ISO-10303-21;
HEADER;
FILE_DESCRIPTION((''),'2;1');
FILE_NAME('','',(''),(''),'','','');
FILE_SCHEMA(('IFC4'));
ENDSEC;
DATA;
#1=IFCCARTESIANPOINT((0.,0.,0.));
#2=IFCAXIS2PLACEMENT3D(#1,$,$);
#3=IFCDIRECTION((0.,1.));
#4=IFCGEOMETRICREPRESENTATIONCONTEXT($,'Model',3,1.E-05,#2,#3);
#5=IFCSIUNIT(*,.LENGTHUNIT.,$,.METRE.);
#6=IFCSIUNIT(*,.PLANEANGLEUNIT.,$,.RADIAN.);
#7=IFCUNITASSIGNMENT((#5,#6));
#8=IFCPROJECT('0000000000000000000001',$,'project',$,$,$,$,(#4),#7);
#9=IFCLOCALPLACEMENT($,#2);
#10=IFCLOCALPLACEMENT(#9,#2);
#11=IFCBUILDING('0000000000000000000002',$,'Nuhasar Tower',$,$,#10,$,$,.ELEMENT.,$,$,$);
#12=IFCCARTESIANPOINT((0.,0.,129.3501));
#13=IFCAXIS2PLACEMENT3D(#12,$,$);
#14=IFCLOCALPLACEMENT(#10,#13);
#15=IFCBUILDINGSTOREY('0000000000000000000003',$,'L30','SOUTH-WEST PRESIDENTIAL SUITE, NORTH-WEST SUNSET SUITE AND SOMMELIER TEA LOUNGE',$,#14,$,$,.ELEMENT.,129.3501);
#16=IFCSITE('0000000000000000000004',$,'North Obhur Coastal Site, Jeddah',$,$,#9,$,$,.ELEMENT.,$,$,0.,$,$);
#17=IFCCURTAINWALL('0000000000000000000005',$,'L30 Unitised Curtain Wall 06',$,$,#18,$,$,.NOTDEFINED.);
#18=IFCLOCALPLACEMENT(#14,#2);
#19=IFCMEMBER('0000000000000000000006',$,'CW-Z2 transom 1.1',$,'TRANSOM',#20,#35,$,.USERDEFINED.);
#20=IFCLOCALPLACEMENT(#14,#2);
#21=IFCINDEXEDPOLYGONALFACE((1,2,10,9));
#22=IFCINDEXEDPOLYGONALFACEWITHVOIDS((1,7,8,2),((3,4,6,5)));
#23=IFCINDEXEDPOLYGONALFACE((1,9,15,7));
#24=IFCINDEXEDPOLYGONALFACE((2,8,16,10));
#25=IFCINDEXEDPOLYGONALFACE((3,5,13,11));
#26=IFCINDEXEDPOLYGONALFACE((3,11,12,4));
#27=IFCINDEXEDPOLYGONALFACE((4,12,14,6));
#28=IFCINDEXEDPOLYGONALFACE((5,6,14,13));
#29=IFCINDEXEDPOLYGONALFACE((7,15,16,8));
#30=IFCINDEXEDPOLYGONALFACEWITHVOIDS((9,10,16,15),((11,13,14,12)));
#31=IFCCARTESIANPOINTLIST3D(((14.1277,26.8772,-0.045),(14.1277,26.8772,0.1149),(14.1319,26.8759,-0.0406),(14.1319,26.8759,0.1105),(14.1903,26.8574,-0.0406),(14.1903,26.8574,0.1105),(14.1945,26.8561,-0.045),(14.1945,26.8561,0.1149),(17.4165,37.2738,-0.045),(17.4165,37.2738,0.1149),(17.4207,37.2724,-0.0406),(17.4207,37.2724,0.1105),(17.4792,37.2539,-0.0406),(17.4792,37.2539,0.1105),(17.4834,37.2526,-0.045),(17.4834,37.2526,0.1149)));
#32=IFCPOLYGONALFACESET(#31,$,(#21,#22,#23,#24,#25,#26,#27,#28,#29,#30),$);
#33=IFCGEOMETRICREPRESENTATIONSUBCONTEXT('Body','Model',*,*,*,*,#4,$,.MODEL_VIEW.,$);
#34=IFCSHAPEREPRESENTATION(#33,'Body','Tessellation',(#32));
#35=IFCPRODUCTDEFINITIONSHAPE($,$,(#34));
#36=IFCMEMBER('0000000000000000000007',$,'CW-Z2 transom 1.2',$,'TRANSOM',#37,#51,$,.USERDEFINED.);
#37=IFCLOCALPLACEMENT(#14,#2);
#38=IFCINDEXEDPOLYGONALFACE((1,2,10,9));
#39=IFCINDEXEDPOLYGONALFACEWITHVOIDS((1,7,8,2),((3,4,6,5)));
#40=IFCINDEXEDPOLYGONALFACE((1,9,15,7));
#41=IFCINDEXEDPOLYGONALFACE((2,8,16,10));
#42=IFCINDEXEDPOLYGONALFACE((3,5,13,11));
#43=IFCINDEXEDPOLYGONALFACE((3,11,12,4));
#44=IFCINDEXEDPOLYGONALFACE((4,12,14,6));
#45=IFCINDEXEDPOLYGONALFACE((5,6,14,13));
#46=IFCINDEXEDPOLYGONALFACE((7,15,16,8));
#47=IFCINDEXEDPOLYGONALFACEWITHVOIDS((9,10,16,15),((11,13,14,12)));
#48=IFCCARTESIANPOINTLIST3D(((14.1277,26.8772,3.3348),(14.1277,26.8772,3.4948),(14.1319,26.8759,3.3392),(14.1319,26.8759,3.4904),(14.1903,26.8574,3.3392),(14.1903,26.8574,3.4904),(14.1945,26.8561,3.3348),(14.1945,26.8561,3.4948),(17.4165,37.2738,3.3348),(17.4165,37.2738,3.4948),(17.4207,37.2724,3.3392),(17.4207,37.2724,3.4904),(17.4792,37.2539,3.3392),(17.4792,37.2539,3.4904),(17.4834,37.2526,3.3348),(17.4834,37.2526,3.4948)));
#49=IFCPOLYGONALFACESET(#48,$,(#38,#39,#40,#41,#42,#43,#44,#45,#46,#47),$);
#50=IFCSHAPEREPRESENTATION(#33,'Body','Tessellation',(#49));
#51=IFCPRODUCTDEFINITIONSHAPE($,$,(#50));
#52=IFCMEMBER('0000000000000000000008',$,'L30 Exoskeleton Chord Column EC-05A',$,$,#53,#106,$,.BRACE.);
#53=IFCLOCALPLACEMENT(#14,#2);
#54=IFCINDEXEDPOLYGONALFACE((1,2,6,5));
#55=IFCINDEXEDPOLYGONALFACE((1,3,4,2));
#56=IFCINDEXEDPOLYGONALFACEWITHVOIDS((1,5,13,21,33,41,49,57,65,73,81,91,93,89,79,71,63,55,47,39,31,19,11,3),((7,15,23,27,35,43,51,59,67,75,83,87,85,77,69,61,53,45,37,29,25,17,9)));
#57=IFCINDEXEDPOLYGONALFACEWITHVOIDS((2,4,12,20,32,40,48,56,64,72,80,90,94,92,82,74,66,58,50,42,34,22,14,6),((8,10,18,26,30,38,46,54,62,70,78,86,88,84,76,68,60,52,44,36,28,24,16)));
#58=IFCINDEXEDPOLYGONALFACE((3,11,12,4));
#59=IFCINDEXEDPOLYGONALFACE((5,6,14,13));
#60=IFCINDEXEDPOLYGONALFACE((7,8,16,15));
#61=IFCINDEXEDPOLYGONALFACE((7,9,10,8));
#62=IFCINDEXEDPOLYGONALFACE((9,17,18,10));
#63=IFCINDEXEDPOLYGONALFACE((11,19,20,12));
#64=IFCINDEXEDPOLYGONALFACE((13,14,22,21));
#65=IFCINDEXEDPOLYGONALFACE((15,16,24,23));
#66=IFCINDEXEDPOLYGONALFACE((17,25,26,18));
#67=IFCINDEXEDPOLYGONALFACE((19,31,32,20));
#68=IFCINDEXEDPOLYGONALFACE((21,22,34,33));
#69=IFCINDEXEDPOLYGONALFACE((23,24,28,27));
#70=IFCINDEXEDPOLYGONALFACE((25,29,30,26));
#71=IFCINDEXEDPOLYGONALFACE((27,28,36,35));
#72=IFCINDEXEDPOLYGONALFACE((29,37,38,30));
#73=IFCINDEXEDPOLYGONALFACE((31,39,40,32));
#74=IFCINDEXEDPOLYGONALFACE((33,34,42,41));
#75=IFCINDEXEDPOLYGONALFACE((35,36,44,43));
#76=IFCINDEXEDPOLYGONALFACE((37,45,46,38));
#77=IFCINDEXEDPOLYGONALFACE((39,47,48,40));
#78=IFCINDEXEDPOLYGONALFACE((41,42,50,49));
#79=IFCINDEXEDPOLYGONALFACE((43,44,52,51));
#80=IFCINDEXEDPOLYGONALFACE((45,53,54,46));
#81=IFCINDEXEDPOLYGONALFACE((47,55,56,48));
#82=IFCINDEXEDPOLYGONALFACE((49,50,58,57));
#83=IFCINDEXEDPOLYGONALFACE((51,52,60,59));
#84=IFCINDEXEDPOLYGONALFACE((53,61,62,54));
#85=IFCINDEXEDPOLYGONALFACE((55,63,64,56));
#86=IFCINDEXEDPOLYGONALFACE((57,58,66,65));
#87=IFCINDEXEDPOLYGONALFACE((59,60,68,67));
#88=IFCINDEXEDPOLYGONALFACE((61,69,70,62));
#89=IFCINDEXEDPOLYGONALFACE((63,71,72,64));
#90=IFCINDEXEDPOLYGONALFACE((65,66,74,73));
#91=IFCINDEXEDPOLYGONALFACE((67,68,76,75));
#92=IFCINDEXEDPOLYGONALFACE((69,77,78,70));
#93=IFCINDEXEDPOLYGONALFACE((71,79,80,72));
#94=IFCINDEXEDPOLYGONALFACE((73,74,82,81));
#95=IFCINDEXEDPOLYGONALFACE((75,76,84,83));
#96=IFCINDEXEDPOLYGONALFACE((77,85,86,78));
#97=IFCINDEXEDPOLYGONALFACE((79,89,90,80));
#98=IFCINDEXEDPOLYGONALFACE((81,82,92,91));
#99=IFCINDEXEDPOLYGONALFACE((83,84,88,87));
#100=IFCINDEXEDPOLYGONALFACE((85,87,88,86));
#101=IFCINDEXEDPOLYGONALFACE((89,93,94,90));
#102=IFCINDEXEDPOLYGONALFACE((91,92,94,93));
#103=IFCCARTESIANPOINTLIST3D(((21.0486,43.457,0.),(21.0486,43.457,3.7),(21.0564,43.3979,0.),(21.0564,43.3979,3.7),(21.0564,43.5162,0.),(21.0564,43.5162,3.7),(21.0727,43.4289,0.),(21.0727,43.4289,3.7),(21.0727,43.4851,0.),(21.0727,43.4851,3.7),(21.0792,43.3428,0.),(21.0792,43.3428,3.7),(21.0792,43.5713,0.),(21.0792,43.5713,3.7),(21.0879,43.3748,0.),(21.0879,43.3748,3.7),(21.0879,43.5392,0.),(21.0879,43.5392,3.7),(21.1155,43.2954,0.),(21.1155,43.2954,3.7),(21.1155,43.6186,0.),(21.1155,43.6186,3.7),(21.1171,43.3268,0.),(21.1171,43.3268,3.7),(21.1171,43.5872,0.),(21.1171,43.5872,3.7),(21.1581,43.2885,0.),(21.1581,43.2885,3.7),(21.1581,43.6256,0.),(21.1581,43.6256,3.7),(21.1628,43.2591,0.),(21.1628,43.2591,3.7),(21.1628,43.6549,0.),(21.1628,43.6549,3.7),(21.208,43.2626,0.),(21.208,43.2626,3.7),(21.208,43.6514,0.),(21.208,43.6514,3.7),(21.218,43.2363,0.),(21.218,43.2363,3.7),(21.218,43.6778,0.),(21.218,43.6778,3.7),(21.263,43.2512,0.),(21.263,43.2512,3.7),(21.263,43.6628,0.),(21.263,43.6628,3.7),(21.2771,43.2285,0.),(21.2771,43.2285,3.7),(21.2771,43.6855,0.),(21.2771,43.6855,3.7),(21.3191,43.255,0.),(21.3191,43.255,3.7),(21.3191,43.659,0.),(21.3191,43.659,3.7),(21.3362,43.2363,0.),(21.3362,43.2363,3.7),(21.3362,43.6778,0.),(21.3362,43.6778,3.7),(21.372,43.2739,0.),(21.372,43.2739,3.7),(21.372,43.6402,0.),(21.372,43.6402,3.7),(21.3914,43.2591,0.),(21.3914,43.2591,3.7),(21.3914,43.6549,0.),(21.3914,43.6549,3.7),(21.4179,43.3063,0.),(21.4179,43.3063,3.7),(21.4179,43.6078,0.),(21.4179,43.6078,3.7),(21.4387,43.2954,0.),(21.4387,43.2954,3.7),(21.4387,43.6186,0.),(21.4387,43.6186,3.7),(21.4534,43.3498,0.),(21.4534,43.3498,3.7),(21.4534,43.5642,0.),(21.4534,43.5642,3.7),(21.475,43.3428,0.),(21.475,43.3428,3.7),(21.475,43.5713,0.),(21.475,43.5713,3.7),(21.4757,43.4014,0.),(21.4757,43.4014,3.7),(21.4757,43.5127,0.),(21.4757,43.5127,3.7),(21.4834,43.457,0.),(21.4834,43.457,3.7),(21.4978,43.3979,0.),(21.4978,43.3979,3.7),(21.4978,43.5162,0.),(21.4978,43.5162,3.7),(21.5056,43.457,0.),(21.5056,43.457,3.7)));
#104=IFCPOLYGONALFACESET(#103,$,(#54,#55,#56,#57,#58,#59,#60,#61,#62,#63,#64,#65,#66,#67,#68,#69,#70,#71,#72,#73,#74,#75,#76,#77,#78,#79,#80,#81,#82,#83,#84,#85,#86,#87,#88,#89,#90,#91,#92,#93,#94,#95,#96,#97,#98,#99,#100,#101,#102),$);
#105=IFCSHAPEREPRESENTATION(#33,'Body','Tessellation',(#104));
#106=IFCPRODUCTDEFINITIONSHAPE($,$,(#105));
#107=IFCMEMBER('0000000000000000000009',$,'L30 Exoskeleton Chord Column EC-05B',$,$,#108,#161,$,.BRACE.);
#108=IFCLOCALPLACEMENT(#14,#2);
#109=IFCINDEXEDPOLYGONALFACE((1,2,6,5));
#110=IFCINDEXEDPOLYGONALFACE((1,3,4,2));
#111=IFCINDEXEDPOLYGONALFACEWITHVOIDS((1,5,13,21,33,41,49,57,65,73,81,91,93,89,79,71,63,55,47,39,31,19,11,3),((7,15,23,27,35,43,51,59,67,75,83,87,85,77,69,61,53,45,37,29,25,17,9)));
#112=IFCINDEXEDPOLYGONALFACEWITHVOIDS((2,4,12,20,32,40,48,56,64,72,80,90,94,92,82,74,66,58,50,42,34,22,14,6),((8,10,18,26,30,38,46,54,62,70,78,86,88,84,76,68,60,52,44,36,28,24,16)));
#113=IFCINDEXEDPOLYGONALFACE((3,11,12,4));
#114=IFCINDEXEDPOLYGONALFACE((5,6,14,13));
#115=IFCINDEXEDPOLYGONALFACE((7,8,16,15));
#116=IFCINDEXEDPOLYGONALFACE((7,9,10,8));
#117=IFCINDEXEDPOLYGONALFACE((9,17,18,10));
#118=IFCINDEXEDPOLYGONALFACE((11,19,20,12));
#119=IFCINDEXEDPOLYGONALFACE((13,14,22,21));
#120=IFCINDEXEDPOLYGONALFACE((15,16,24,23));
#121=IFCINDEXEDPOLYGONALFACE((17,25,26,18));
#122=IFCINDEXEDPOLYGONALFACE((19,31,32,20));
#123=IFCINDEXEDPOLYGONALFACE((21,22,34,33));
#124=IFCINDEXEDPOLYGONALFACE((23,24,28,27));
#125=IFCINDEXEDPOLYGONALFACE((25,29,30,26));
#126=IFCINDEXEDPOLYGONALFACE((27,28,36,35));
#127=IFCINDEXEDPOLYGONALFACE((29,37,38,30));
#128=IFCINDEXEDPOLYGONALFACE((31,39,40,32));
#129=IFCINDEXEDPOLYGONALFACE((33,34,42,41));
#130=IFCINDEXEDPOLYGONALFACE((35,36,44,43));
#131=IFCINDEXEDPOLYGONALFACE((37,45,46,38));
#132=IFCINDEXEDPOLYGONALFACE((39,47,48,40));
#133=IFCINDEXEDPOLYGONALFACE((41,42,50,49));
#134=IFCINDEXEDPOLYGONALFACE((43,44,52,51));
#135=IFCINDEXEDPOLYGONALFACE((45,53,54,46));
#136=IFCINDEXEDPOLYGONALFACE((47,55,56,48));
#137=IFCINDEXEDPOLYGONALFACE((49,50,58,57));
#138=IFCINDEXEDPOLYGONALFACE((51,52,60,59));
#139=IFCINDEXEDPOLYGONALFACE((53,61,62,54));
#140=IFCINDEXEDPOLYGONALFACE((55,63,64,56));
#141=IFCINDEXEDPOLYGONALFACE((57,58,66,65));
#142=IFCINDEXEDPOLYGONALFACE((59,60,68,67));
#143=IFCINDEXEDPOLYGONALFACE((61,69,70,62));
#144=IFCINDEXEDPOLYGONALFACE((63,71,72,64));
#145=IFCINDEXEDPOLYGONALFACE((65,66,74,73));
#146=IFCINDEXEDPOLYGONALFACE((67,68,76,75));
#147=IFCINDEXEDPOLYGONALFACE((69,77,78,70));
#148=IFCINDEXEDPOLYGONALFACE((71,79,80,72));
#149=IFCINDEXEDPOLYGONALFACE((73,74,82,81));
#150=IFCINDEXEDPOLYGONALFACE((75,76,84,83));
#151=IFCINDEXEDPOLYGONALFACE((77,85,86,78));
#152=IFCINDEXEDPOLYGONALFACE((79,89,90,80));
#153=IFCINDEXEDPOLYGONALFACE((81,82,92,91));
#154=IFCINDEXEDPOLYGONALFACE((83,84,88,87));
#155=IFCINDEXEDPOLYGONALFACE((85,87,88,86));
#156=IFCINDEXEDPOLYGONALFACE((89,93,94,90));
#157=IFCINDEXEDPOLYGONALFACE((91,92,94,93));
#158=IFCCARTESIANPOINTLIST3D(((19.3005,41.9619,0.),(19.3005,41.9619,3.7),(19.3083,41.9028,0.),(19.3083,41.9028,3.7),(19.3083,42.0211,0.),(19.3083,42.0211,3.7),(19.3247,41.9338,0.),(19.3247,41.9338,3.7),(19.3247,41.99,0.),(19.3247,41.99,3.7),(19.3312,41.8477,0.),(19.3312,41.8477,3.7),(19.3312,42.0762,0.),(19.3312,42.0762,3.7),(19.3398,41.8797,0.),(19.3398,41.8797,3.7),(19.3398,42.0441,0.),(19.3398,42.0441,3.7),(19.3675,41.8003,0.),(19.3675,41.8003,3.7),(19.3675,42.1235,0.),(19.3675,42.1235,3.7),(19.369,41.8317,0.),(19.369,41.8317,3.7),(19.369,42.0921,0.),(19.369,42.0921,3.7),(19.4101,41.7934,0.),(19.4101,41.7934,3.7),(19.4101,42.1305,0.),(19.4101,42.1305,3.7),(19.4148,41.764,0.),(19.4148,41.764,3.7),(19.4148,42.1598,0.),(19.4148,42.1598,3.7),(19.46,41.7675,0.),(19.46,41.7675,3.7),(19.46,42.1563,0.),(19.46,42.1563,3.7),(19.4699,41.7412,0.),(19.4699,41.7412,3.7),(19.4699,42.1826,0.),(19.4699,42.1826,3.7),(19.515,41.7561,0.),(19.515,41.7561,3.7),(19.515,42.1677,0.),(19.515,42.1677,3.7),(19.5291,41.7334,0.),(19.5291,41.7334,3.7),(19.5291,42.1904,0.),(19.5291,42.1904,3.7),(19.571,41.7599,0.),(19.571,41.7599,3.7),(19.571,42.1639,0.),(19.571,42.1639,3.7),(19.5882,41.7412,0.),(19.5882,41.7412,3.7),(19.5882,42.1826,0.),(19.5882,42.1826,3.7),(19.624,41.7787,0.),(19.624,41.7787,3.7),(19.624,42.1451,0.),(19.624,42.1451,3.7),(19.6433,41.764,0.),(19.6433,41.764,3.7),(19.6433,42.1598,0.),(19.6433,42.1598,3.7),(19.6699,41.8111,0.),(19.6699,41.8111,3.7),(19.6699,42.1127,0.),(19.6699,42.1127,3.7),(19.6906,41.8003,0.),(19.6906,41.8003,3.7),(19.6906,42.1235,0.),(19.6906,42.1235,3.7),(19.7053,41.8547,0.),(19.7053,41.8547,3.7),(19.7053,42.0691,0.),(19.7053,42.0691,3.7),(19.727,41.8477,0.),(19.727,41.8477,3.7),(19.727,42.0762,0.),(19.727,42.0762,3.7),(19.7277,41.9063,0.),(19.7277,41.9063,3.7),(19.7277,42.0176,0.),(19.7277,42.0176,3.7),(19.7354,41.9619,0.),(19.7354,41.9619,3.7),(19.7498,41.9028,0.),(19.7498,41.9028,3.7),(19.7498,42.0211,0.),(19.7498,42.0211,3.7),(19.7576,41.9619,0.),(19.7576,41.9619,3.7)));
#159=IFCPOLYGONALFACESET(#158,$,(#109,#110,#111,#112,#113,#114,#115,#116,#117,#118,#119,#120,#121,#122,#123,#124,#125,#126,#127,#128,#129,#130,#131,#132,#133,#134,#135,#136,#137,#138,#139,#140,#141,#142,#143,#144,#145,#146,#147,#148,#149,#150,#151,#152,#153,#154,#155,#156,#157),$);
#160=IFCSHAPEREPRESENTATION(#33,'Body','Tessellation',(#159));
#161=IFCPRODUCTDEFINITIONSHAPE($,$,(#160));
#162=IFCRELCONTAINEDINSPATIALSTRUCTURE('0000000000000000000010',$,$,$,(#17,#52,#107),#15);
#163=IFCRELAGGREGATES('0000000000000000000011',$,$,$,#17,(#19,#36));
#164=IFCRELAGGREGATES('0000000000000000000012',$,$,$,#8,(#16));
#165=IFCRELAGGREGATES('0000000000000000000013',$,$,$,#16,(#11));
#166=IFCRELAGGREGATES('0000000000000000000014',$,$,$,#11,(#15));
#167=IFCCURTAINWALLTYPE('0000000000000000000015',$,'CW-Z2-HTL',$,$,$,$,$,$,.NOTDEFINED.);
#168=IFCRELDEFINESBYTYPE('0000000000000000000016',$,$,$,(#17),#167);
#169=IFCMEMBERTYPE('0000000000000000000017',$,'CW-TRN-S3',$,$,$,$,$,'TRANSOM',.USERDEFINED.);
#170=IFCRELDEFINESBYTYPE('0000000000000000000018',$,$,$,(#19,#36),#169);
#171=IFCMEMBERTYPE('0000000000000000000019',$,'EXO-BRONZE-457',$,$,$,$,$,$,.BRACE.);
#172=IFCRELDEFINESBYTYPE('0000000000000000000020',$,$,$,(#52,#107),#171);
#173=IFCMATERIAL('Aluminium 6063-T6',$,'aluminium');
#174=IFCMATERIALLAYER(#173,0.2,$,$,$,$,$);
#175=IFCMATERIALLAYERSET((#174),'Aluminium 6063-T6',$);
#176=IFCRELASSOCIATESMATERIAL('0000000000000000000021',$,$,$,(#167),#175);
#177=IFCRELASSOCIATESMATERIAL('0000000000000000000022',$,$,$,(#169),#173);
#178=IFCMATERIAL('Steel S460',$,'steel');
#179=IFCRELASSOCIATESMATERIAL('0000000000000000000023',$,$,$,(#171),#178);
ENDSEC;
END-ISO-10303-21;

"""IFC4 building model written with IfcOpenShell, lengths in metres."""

from ifc_helpers import new_model, si_unit, direction, frame, origin, origin_2d, place, context, subcontext, project, spatial, hollow_rectangle, hollow_circle, extrude, material, layer, layer_set, material_profile, profile_set, type_object, element, aggregate, save


model = new_model("IFC4")

# Units and contexts
model_context = context("Model", 3, precision=1e-05, world=origin(), true_north=direction((0.0, 1.0)))
body_context = subcontext(model_context, "Body", "Model", "MODEL_VIEW")
ifc_project = project(units=[si_unit("LENGTHUNIT", "METRE"), si_unit("PLANEANGLEUNIT", "RADIAN")], contexts=[model_context])

# Site, building, storey
site_placement = place(None, origin())
site = spatial("IfcSite", under=ifc_project, at=site_placement, Name="North Obhur Coastal Site, Jeddah", CompositionType="ELEMENT", RefElevation=0.0)
building_placement = place(site_placement, origin())
building = spatial("IfcBuilding", under=site, at=building_placement, Name="Nuhasar Tower", CompositionType="ELEMENT")
storey_placement = place(building_placement, frame((0.0, 0.0, 129.3501)))
storey = spatial("IfcBuildingStorey", under=building, at=storey_placement, Name="L30", Description="SOUTH-WEST PRESIDENTIAL SUITE, NORTH-WEST SUNSET SUITE AND SOMMELIER TEA LOUNGE", CompositionType="ELEMENT", Elevation=129.3501)

# Shared definitions
ifc_material_1 = material(Name="Aluminium 6063-T6", Category="aluminium")
ifc_layer_1 = layer(ifc_material_1, 0.2)
ifc_layer_set_1 = layer_set([ifc_layer_1], Name="Aluminium 6063-T6")
curtain_wall_type = type_object("IfcCurtainWallType", Name="CW-Z2-HTL", PredefinedType="NOTDEFINED", material=ifc_layer_set_1)

# Curtain wall
curtain_wall_1_placement = place(storey_placement, origin())
curtain_wall_1 = element("IfcCurtainWall", 1, at=curtain_wall_1_placement, inside=storey, type_object=curtain_wall_type, Name="L30 Unitised Curtain Wall 06", PredefinedType="NOTDEFINED")

# Members
ifc_material_profile_1 = material_profile(ifc_material_1, hollow_rectangle(XDim=0.0701, YDim=0.1599, WallThickness=0.0044, at=origin_2d()), Name="CWT-3")
ifc_profile_set_1 = profile_set([ifc_material_profile_1], Name="Aluminium 6063-T6")
member_type_1 = type_object("IfcMemberType", Name="CW-TRN-S3", ElementType="TRANSOM", PredefinedType="USERDEFINED", material=ifc_profile_set_1)
member_1_placement = place(storey_placement, frame((17.45, 37.2632, 0.0349), z_axis=(-0.301608, -0.953432, 0.0), x_axis=(0.953432, -0.301608, 0.0)))
member_1 = element("IfcMember", 2, at=member_1_placement, type_object=member_type_1, Name="CW-Z2 transom 1.1", ObjectType="TRANSOM", PredefinedType="USERDEFINED", context=body_context, shape_type="SweptSolid", body=[
    extrude(hollow_rectangle(XDim=0.0701, YDim=0.1599, WallThickness=0.0044, at=origin_2d()), origin(), (0.0, 0.0, 1.0), 10.9043),
])
member_2_placement = place(storey_placement, frame((17.45, 37.2632, 3.4148), z_axis=(-0.301608, -0.953432, 0.0), x_axis=(0.953432, -0.301608, 0.0)))
member_2 = element("IfcMember", 3, at=member_2_placement, type_object=member_type_1, Name="CW-Z2 transom 1.2", ObjectType="TRANSOM", PredefinedType="USERDEFINED", context=body_context, shape_type="SweptSolid", body=[
    extrude(hollow_rectangle(XDim=0.0701, YDim=0.1599, WallThickness=0.0044, at=origin_2d()), origin(), (0.0, 0.0, 1.0), 10.9043),
])
aggregate(curtain_wall_1, [member_1, member_2])

# Members
ifc_material_2 = material(Name="Steel S460", Category="steel")
ifc_material_profile_2 = material_profile(ifc_material_2, hollow_circle(Radius=0.2285, WallThickness=0.0222, at=origin_2d()), Name="HSS457X22.2")
ifc_profile_set_2 = profile_set([ifc_material_profile_2], Name="Steel S460")
member_type_2 = type_object("IfcMemberType", Name="EXO-BRONZE-457", PredefinedType="BRACE", material=ifc_profile_set_2)
for number, where, z_axis, x_axis, name in (
    (4, (21.2771, 43.457, 0.0), (0.0, 0.0, 1.0), (1.0, 0.0, 0.0), "L30 Exoskeleton Chord Column EC-05A"),
    (5, (19.5291, 41.9619, 0.0), (0.0, 0.0, 1.0), (1.0, 0.0, 0.0), "L30 Exoskeleton Chord Column EC-05B"),
):
    element("IfcMember", number, at=place(storey_placement, frame(where, z_axis=z_axis, x_axis=x_axis)), inside=storey, type_object=member_type_2, Name=name, PredefinedType="BRACE", context=body_context, shape_type="SweptSolid", body=[
        extrude(hollow_circle(Radius=0.2285, WallThickness=0.0222, at=origin_2d()), origin(), (0.0, 0.0, 1.0), 3.7),
    ])

save(model, "model.ifc")
